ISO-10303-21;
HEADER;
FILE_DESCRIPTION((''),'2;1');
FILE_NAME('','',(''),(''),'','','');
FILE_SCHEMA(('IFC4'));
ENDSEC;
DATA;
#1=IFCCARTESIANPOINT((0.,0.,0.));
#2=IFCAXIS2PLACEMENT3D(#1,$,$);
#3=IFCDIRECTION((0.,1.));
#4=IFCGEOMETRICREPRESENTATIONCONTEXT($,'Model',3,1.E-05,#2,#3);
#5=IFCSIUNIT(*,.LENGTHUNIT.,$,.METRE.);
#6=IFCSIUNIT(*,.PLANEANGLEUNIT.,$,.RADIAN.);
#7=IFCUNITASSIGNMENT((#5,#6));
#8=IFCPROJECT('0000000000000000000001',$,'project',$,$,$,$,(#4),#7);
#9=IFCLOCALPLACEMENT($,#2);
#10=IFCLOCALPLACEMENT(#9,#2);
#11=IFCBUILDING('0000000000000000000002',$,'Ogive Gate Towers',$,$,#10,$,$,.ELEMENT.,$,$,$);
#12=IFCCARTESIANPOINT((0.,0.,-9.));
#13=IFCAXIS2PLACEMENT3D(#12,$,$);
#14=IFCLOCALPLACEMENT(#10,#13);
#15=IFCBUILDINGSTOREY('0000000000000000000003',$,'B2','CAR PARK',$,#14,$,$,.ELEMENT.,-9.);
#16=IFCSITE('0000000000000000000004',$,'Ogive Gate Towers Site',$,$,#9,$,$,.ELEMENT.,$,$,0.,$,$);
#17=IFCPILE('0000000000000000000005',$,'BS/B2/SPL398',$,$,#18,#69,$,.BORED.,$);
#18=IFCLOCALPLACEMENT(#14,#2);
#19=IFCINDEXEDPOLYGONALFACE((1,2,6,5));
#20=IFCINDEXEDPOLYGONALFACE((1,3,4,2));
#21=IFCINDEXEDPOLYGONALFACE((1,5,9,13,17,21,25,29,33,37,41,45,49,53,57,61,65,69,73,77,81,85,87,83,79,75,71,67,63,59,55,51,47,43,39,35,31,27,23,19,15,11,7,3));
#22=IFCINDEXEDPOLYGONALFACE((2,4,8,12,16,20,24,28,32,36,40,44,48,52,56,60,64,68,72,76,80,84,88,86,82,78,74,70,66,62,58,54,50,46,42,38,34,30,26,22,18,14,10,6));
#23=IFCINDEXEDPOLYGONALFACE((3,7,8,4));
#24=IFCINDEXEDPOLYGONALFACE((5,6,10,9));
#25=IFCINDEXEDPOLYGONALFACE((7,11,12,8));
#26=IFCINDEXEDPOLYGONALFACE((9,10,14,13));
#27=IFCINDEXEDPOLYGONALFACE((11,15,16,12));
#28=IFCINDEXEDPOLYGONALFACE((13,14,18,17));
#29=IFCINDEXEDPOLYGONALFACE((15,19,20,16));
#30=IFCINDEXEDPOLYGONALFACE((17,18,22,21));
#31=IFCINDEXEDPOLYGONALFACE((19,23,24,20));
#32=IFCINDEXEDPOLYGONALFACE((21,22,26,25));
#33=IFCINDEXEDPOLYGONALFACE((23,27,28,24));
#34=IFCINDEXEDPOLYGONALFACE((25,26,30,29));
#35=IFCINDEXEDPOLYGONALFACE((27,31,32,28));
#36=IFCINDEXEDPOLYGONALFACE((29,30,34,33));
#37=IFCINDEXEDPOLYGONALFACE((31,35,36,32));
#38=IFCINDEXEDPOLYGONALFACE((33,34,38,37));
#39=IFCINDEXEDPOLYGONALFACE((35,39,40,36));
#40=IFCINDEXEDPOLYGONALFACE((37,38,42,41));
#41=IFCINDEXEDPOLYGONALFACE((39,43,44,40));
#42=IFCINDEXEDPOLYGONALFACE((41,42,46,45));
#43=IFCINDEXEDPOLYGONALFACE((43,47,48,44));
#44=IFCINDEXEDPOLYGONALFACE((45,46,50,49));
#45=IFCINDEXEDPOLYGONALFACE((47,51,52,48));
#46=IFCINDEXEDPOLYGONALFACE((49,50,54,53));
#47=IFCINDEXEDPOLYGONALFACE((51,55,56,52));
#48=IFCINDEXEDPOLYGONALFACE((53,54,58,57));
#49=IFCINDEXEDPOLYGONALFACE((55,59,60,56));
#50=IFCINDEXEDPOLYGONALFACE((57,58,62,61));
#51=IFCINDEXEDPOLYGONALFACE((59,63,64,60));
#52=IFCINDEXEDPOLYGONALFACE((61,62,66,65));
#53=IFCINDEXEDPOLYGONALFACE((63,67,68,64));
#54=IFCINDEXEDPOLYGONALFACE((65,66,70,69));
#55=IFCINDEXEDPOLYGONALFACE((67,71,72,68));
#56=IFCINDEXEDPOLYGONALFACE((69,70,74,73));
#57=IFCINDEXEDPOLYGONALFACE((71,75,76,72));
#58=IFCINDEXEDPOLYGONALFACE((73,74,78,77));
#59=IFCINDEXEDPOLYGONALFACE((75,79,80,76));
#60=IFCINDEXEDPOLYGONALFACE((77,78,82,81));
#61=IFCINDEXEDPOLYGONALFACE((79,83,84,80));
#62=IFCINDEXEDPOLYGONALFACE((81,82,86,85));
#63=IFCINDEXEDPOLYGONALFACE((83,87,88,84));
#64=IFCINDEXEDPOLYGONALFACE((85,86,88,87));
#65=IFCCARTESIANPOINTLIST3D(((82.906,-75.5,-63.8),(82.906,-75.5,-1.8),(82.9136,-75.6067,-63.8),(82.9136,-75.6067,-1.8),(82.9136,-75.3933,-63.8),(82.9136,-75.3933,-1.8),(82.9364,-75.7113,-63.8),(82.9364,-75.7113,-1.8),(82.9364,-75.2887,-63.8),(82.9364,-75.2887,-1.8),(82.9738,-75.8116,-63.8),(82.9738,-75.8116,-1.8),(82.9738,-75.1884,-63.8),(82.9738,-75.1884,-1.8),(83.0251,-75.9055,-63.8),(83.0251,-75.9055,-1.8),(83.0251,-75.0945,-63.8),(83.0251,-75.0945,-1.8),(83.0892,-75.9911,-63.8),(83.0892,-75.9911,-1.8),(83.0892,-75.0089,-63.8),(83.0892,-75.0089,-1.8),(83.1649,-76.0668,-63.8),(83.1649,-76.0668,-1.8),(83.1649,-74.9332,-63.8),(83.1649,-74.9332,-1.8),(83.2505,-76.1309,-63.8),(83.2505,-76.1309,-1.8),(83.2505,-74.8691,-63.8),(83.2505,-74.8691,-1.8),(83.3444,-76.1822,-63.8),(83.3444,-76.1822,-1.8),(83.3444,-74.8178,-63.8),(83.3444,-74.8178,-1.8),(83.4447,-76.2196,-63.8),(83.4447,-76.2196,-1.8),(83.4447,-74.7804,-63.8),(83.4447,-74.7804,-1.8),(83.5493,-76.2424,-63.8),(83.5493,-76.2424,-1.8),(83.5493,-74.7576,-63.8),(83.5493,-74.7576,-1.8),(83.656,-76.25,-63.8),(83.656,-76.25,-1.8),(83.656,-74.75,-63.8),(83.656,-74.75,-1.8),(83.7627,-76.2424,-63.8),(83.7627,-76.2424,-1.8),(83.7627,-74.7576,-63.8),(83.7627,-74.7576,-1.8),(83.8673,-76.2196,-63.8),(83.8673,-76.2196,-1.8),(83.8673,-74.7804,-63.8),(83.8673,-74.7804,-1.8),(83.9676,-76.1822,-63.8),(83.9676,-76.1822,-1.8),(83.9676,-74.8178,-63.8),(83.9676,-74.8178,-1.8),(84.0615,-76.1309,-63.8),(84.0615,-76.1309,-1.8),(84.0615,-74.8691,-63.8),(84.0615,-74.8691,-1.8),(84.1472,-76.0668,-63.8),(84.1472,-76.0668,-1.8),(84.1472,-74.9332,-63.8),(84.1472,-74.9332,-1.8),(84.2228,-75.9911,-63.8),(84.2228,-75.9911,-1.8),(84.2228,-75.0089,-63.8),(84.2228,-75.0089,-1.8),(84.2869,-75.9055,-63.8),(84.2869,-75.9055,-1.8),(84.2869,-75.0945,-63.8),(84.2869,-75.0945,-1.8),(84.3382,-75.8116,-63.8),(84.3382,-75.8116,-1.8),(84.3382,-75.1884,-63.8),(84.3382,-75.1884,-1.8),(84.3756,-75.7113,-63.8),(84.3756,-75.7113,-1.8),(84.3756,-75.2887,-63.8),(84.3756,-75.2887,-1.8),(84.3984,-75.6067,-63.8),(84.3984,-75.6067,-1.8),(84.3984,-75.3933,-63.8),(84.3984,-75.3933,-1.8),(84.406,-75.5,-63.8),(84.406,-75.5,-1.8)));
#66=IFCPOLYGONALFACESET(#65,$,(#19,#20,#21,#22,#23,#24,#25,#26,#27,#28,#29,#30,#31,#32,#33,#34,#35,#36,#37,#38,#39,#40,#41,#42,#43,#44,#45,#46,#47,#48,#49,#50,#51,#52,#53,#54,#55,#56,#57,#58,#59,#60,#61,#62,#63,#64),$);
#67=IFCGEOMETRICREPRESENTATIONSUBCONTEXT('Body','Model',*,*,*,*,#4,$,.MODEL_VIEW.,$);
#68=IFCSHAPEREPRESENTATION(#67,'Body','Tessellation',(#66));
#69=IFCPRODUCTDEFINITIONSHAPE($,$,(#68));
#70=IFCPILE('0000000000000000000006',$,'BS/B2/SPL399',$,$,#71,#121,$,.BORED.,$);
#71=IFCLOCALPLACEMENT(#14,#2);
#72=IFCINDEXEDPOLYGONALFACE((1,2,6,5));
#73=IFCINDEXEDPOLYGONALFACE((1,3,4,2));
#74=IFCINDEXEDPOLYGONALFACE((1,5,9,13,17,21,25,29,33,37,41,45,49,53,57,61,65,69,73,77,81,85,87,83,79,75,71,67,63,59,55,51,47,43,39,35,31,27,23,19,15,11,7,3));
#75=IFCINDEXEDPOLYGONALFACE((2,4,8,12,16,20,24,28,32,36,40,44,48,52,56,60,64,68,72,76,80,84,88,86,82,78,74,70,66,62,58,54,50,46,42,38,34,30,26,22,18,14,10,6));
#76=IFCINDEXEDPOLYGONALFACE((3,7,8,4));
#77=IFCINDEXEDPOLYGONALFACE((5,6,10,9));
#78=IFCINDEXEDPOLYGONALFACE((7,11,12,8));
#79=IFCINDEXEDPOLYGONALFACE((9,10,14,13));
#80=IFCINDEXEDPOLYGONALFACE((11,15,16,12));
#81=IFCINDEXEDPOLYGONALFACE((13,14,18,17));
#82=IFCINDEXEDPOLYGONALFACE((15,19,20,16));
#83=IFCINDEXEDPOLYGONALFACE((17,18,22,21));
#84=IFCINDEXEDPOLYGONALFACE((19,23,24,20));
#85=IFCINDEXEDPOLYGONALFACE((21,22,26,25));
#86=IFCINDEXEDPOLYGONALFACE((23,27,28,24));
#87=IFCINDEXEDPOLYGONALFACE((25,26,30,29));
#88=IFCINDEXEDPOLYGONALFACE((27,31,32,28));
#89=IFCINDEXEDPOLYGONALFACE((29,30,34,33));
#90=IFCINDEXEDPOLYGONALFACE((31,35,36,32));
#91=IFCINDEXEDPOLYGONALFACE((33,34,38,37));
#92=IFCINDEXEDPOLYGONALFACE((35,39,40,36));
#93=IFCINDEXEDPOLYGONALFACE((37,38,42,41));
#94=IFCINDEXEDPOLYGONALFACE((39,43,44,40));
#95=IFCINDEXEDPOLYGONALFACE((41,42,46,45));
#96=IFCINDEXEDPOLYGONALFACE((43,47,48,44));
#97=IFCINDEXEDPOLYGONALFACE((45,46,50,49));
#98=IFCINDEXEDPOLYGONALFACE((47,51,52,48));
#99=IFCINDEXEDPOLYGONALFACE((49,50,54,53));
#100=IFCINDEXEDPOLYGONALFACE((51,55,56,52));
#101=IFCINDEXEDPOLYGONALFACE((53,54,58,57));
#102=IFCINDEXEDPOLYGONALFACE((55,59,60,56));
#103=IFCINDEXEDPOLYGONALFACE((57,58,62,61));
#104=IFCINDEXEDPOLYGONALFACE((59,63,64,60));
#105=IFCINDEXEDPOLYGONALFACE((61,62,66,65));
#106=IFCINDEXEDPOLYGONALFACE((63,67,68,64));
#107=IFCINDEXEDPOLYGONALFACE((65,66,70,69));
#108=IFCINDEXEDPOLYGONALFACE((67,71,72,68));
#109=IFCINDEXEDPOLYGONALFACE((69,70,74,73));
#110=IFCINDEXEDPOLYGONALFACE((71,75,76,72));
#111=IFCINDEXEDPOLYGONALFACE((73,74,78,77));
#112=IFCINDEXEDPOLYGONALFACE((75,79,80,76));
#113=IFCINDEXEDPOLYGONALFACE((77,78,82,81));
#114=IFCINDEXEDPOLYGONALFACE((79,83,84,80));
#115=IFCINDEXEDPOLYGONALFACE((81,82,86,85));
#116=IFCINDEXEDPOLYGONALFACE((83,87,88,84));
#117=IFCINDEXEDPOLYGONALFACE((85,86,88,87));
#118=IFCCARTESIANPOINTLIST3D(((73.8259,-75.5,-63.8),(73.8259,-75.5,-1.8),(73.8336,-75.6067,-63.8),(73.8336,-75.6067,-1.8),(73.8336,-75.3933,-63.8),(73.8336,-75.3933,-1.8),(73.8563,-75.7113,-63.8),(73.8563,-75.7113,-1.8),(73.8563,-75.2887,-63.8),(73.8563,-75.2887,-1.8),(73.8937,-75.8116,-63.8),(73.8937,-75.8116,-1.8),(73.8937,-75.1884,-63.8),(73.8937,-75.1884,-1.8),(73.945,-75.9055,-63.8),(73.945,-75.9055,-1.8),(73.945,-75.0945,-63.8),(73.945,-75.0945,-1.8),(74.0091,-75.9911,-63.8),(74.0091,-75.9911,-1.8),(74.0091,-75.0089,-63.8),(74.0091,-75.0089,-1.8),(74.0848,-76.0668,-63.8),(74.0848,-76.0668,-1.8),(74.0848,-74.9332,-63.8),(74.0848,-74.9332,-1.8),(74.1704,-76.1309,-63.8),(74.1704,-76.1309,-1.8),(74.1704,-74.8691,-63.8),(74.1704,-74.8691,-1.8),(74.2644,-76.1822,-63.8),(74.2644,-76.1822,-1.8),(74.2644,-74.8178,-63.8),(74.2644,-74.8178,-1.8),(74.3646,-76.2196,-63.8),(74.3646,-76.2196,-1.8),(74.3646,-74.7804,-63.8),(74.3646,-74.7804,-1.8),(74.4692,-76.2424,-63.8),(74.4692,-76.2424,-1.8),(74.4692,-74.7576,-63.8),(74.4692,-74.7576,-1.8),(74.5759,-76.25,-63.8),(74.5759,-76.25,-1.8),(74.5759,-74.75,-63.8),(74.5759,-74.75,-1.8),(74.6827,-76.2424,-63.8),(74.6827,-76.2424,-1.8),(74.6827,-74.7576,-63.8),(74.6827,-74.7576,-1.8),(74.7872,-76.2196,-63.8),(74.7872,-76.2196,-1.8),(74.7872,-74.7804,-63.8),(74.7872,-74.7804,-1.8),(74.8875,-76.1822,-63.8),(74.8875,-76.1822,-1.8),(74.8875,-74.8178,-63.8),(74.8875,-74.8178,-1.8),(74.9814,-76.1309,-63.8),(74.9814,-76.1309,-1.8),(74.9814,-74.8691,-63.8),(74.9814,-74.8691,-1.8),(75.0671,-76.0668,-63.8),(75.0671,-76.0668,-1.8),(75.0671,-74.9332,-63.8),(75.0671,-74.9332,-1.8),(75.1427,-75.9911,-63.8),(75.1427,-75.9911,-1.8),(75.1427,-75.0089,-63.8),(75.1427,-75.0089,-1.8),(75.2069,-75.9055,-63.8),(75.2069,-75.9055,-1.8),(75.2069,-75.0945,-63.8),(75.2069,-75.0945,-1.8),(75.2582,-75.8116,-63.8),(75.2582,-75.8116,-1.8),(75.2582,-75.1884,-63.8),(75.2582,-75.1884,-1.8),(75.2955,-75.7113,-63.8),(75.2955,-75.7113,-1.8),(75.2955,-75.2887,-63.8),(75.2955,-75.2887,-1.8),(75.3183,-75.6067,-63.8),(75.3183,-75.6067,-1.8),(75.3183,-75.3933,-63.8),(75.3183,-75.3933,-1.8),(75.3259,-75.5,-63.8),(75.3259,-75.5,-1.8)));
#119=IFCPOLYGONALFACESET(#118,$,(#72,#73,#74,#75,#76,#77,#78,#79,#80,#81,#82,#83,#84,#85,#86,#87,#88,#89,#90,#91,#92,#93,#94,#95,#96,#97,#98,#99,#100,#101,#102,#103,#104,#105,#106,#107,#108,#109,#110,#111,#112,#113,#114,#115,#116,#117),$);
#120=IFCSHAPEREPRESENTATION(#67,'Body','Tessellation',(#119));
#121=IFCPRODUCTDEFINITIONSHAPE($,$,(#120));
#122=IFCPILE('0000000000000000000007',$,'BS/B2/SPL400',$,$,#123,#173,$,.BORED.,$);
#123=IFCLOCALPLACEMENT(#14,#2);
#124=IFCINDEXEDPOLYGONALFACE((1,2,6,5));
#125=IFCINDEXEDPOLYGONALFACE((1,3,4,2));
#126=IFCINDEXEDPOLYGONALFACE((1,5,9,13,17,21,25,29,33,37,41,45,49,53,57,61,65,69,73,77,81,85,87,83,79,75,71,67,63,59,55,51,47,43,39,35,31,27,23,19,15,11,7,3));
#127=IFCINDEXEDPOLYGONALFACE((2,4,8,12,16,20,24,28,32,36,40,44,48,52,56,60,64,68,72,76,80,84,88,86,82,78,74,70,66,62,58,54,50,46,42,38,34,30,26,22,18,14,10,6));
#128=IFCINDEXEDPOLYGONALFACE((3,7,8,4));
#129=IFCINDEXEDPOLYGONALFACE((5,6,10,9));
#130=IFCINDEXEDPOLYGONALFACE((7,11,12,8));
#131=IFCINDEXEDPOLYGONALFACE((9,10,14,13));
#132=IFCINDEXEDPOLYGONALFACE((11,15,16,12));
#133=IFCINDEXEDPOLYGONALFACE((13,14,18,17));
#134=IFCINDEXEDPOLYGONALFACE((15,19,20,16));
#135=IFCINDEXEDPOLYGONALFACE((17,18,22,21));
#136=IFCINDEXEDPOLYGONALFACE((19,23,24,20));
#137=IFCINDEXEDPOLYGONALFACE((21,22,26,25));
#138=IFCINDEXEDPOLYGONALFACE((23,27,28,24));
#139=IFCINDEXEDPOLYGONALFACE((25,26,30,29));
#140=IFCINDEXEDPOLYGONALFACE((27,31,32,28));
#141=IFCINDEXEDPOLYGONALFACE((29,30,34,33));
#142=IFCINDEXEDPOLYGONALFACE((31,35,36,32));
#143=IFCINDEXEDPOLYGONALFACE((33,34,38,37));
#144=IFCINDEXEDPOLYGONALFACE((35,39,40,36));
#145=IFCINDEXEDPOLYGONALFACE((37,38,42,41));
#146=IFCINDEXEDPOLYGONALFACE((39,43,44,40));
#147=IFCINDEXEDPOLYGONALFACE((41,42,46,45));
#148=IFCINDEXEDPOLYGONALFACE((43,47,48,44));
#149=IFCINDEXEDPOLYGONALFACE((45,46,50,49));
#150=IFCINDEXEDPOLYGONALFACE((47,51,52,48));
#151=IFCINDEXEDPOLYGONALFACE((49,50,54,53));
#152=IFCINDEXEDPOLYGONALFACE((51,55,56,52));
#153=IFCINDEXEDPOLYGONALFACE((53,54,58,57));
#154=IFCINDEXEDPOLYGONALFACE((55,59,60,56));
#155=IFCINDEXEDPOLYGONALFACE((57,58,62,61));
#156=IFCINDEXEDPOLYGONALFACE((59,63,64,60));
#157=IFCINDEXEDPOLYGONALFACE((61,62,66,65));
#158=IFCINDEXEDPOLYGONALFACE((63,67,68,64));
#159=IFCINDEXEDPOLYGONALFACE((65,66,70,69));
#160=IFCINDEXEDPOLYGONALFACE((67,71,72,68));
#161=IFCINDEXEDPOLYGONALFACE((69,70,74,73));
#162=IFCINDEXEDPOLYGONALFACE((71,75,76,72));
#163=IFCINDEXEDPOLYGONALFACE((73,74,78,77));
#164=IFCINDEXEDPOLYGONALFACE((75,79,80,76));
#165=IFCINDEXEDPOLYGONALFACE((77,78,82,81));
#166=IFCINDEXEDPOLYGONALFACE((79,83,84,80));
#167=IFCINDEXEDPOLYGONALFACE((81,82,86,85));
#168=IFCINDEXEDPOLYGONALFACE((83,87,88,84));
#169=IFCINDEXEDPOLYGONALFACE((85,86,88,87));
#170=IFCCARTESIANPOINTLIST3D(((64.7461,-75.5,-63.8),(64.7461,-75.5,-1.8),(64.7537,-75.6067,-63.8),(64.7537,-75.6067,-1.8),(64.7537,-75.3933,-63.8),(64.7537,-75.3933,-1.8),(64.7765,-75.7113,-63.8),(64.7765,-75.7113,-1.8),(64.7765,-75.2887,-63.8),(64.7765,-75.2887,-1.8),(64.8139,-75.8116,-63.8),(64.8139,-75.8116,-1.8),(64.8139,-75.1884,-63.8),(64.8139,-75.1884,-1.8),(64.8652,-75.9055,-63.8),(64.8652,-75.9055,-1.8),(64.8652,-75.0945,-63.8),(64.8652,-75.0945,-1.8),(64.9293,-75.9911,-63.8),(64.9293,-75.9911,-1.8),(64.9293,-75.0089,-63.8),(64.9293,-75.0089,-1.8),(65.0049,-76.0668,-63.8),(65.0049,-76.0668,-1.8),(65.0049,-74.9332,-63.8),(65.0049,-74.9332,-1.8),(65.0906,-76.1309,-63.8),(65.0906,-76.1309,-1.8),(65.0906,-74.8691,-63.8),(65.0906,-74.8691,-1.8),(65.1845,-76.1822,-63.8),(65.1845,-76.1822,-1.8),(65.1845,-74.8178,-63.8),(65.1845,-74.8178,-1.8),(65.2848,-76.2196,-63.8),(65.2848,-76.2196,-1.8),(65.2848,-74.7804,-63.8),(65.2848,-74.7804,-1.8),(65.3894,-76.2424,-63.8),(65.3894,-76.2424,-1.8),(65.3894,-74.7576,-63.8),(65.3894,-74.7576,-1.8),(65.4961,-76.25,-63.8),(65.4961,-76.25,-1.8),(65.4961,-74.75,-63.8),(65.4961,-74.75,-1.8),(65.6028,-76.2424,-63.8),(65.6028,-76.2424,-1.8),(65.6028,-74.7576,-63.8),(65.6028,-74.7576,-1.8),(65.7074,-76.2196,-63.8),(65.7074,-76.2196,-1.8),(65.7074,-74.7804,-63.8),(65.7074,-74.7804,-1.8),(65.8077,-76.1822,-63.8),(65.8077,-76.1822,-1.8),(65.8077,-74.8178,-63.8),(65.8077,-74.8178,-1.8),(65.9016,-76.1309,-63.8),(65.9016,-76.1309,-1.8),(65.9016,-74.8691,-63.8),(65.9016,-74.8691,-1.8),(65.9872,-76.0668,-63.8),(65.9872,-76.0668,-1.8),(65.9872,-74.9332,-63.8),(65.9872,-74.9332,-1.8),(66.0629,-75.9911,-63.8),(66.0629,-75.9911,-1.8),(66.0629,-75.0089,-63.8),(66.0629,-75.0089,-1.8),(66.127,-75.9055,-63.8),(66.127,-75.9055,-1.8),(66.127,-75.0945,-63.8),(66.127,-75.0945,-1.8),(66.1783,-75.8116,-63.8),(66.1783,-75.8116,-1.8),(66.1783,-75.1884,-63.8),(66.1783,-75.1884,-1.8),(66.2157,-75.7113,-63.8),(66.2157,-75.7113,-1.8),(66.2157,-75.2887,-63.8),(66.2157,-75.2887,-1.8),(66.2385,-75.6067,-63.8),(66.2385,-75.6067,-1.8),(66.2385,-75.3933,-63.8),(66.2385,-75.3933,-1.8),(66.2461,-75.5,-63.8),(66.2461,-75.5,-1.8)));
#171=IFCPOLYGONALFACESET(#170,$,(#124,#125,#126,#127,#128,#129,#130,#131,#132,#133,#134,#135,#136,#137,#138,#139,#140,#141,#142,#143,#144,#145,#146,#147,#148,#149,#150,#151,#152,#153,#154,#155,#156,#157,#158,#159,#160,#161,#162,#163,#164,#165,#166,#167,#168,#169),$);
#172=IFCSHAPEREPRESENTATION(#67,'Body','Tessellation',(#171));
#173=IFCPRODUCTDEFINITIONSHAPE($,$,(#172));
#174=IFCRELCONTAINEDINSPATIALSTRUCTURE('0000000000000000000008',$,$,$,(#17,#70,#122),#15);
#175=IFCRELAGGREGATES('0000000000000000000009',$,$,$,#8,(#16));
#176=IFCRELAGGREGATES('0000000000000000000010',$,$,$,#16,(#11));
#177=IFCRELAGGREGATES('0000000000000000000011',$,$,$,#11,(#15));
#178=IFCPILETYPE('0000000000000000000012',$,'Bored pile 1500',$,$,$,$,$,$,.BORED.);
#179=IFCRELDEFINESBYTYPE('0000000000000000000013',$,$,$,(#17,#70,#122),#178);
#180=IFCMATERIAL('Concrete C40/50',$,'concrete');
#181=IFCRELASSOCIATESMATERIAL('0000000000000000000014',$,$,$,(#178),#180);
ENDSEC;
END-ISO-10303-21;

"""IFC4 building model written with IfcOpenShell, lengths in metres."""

from ifc_helpers import new_model, si_unit, direction, frame, origin, origin_2d, place, context, subcontext, project, spatial, circle, extrude, material, material_profile, profile_set, type_object, element, save


model = new_model("IFC4")

# Units and contexts
model_context = context("Model", 3, precision=1e-05, world=origin(), true_north=direction((0.0, 1.0)))
body_context = subcontext(model_context, "Body", "Model", "MODEL_VIEW")
ifc_project = project(units=[si_unit("LENGTHUNIT", "METRE"), si_unit("PLANEANGLEUNIT", "RADIAN")], contexts=[model_context])

# Site, building, storey
site_placement = place(None, origin())
site = spatial("IfcSite", under=ifc_project, at=site_placement, Name="Ogive Gate Towers Site", CompositionType="ELEMENT", RefElevation=0.0)
building_placement = place(site_placement, origin())
building = spatial("IfcBuilding", under=site, at=building_placement, Name="Ogive Gate Towers", CompositionType="ELEMENT")
storey_placement = place(building_placement, frame((0.0, 0.0, -9.0)))
storey = spatial("IfcBuildingStorey", under=building, at=storey_placement, Name="B2", Description="CAR PARK", CompositionType="ELEMENT", Elevation=-9.0)

# Piles
ifc_material_1 = material(Name="Concrete C40/50", Category="concrete")
ifc_material_profile_1 = material_profile(ifc_material_1, circle(Radius=0.75, at=origin_2d()), Name="BP 1500")
ifc_profile_set_1 = profile_set([ifc_material_profile_1], Name="Concrete C40/50")
pile_type = type_object("IfcPileType", Name="Bored pile 1500", PredefinedType="BORED", material=ifc_profile_set_1)
for number, where, z_axis, x_axis, name in (
    (1, (83.656, -75.5, -1.8), (0.0, 0.0, -1.0), (1.0, 0.0, 0.0), "BS/B2/SPL398"),
    (2, (74.5759, -75.5, -1.8), (0.0, 0.0, -1.0), (1.0, 0.0, 0.0), "BS/B2/SPL399"),
    (3, (65.4961, -75.5, -1.8), (0.0, 0.0, -1.0), (1.0, 0.0, 0.0), "BS/B2/SPL400"),
):
    element("IfcPile", number, at=place(storey_placement, frame(where, z_axis=z_axis, x_axis=x_axis)), inside=storey, type_object=pile_type, Name=name, PredefinedType="BORED", context=body_context, shape_type="SweptSolid", body=[
        extrude(circle(Radius=0.75, at=origin_2d()), origin(), (0.0, 0.0, 1.0), 62.0),
    ])

save(model, "model.ifc")
